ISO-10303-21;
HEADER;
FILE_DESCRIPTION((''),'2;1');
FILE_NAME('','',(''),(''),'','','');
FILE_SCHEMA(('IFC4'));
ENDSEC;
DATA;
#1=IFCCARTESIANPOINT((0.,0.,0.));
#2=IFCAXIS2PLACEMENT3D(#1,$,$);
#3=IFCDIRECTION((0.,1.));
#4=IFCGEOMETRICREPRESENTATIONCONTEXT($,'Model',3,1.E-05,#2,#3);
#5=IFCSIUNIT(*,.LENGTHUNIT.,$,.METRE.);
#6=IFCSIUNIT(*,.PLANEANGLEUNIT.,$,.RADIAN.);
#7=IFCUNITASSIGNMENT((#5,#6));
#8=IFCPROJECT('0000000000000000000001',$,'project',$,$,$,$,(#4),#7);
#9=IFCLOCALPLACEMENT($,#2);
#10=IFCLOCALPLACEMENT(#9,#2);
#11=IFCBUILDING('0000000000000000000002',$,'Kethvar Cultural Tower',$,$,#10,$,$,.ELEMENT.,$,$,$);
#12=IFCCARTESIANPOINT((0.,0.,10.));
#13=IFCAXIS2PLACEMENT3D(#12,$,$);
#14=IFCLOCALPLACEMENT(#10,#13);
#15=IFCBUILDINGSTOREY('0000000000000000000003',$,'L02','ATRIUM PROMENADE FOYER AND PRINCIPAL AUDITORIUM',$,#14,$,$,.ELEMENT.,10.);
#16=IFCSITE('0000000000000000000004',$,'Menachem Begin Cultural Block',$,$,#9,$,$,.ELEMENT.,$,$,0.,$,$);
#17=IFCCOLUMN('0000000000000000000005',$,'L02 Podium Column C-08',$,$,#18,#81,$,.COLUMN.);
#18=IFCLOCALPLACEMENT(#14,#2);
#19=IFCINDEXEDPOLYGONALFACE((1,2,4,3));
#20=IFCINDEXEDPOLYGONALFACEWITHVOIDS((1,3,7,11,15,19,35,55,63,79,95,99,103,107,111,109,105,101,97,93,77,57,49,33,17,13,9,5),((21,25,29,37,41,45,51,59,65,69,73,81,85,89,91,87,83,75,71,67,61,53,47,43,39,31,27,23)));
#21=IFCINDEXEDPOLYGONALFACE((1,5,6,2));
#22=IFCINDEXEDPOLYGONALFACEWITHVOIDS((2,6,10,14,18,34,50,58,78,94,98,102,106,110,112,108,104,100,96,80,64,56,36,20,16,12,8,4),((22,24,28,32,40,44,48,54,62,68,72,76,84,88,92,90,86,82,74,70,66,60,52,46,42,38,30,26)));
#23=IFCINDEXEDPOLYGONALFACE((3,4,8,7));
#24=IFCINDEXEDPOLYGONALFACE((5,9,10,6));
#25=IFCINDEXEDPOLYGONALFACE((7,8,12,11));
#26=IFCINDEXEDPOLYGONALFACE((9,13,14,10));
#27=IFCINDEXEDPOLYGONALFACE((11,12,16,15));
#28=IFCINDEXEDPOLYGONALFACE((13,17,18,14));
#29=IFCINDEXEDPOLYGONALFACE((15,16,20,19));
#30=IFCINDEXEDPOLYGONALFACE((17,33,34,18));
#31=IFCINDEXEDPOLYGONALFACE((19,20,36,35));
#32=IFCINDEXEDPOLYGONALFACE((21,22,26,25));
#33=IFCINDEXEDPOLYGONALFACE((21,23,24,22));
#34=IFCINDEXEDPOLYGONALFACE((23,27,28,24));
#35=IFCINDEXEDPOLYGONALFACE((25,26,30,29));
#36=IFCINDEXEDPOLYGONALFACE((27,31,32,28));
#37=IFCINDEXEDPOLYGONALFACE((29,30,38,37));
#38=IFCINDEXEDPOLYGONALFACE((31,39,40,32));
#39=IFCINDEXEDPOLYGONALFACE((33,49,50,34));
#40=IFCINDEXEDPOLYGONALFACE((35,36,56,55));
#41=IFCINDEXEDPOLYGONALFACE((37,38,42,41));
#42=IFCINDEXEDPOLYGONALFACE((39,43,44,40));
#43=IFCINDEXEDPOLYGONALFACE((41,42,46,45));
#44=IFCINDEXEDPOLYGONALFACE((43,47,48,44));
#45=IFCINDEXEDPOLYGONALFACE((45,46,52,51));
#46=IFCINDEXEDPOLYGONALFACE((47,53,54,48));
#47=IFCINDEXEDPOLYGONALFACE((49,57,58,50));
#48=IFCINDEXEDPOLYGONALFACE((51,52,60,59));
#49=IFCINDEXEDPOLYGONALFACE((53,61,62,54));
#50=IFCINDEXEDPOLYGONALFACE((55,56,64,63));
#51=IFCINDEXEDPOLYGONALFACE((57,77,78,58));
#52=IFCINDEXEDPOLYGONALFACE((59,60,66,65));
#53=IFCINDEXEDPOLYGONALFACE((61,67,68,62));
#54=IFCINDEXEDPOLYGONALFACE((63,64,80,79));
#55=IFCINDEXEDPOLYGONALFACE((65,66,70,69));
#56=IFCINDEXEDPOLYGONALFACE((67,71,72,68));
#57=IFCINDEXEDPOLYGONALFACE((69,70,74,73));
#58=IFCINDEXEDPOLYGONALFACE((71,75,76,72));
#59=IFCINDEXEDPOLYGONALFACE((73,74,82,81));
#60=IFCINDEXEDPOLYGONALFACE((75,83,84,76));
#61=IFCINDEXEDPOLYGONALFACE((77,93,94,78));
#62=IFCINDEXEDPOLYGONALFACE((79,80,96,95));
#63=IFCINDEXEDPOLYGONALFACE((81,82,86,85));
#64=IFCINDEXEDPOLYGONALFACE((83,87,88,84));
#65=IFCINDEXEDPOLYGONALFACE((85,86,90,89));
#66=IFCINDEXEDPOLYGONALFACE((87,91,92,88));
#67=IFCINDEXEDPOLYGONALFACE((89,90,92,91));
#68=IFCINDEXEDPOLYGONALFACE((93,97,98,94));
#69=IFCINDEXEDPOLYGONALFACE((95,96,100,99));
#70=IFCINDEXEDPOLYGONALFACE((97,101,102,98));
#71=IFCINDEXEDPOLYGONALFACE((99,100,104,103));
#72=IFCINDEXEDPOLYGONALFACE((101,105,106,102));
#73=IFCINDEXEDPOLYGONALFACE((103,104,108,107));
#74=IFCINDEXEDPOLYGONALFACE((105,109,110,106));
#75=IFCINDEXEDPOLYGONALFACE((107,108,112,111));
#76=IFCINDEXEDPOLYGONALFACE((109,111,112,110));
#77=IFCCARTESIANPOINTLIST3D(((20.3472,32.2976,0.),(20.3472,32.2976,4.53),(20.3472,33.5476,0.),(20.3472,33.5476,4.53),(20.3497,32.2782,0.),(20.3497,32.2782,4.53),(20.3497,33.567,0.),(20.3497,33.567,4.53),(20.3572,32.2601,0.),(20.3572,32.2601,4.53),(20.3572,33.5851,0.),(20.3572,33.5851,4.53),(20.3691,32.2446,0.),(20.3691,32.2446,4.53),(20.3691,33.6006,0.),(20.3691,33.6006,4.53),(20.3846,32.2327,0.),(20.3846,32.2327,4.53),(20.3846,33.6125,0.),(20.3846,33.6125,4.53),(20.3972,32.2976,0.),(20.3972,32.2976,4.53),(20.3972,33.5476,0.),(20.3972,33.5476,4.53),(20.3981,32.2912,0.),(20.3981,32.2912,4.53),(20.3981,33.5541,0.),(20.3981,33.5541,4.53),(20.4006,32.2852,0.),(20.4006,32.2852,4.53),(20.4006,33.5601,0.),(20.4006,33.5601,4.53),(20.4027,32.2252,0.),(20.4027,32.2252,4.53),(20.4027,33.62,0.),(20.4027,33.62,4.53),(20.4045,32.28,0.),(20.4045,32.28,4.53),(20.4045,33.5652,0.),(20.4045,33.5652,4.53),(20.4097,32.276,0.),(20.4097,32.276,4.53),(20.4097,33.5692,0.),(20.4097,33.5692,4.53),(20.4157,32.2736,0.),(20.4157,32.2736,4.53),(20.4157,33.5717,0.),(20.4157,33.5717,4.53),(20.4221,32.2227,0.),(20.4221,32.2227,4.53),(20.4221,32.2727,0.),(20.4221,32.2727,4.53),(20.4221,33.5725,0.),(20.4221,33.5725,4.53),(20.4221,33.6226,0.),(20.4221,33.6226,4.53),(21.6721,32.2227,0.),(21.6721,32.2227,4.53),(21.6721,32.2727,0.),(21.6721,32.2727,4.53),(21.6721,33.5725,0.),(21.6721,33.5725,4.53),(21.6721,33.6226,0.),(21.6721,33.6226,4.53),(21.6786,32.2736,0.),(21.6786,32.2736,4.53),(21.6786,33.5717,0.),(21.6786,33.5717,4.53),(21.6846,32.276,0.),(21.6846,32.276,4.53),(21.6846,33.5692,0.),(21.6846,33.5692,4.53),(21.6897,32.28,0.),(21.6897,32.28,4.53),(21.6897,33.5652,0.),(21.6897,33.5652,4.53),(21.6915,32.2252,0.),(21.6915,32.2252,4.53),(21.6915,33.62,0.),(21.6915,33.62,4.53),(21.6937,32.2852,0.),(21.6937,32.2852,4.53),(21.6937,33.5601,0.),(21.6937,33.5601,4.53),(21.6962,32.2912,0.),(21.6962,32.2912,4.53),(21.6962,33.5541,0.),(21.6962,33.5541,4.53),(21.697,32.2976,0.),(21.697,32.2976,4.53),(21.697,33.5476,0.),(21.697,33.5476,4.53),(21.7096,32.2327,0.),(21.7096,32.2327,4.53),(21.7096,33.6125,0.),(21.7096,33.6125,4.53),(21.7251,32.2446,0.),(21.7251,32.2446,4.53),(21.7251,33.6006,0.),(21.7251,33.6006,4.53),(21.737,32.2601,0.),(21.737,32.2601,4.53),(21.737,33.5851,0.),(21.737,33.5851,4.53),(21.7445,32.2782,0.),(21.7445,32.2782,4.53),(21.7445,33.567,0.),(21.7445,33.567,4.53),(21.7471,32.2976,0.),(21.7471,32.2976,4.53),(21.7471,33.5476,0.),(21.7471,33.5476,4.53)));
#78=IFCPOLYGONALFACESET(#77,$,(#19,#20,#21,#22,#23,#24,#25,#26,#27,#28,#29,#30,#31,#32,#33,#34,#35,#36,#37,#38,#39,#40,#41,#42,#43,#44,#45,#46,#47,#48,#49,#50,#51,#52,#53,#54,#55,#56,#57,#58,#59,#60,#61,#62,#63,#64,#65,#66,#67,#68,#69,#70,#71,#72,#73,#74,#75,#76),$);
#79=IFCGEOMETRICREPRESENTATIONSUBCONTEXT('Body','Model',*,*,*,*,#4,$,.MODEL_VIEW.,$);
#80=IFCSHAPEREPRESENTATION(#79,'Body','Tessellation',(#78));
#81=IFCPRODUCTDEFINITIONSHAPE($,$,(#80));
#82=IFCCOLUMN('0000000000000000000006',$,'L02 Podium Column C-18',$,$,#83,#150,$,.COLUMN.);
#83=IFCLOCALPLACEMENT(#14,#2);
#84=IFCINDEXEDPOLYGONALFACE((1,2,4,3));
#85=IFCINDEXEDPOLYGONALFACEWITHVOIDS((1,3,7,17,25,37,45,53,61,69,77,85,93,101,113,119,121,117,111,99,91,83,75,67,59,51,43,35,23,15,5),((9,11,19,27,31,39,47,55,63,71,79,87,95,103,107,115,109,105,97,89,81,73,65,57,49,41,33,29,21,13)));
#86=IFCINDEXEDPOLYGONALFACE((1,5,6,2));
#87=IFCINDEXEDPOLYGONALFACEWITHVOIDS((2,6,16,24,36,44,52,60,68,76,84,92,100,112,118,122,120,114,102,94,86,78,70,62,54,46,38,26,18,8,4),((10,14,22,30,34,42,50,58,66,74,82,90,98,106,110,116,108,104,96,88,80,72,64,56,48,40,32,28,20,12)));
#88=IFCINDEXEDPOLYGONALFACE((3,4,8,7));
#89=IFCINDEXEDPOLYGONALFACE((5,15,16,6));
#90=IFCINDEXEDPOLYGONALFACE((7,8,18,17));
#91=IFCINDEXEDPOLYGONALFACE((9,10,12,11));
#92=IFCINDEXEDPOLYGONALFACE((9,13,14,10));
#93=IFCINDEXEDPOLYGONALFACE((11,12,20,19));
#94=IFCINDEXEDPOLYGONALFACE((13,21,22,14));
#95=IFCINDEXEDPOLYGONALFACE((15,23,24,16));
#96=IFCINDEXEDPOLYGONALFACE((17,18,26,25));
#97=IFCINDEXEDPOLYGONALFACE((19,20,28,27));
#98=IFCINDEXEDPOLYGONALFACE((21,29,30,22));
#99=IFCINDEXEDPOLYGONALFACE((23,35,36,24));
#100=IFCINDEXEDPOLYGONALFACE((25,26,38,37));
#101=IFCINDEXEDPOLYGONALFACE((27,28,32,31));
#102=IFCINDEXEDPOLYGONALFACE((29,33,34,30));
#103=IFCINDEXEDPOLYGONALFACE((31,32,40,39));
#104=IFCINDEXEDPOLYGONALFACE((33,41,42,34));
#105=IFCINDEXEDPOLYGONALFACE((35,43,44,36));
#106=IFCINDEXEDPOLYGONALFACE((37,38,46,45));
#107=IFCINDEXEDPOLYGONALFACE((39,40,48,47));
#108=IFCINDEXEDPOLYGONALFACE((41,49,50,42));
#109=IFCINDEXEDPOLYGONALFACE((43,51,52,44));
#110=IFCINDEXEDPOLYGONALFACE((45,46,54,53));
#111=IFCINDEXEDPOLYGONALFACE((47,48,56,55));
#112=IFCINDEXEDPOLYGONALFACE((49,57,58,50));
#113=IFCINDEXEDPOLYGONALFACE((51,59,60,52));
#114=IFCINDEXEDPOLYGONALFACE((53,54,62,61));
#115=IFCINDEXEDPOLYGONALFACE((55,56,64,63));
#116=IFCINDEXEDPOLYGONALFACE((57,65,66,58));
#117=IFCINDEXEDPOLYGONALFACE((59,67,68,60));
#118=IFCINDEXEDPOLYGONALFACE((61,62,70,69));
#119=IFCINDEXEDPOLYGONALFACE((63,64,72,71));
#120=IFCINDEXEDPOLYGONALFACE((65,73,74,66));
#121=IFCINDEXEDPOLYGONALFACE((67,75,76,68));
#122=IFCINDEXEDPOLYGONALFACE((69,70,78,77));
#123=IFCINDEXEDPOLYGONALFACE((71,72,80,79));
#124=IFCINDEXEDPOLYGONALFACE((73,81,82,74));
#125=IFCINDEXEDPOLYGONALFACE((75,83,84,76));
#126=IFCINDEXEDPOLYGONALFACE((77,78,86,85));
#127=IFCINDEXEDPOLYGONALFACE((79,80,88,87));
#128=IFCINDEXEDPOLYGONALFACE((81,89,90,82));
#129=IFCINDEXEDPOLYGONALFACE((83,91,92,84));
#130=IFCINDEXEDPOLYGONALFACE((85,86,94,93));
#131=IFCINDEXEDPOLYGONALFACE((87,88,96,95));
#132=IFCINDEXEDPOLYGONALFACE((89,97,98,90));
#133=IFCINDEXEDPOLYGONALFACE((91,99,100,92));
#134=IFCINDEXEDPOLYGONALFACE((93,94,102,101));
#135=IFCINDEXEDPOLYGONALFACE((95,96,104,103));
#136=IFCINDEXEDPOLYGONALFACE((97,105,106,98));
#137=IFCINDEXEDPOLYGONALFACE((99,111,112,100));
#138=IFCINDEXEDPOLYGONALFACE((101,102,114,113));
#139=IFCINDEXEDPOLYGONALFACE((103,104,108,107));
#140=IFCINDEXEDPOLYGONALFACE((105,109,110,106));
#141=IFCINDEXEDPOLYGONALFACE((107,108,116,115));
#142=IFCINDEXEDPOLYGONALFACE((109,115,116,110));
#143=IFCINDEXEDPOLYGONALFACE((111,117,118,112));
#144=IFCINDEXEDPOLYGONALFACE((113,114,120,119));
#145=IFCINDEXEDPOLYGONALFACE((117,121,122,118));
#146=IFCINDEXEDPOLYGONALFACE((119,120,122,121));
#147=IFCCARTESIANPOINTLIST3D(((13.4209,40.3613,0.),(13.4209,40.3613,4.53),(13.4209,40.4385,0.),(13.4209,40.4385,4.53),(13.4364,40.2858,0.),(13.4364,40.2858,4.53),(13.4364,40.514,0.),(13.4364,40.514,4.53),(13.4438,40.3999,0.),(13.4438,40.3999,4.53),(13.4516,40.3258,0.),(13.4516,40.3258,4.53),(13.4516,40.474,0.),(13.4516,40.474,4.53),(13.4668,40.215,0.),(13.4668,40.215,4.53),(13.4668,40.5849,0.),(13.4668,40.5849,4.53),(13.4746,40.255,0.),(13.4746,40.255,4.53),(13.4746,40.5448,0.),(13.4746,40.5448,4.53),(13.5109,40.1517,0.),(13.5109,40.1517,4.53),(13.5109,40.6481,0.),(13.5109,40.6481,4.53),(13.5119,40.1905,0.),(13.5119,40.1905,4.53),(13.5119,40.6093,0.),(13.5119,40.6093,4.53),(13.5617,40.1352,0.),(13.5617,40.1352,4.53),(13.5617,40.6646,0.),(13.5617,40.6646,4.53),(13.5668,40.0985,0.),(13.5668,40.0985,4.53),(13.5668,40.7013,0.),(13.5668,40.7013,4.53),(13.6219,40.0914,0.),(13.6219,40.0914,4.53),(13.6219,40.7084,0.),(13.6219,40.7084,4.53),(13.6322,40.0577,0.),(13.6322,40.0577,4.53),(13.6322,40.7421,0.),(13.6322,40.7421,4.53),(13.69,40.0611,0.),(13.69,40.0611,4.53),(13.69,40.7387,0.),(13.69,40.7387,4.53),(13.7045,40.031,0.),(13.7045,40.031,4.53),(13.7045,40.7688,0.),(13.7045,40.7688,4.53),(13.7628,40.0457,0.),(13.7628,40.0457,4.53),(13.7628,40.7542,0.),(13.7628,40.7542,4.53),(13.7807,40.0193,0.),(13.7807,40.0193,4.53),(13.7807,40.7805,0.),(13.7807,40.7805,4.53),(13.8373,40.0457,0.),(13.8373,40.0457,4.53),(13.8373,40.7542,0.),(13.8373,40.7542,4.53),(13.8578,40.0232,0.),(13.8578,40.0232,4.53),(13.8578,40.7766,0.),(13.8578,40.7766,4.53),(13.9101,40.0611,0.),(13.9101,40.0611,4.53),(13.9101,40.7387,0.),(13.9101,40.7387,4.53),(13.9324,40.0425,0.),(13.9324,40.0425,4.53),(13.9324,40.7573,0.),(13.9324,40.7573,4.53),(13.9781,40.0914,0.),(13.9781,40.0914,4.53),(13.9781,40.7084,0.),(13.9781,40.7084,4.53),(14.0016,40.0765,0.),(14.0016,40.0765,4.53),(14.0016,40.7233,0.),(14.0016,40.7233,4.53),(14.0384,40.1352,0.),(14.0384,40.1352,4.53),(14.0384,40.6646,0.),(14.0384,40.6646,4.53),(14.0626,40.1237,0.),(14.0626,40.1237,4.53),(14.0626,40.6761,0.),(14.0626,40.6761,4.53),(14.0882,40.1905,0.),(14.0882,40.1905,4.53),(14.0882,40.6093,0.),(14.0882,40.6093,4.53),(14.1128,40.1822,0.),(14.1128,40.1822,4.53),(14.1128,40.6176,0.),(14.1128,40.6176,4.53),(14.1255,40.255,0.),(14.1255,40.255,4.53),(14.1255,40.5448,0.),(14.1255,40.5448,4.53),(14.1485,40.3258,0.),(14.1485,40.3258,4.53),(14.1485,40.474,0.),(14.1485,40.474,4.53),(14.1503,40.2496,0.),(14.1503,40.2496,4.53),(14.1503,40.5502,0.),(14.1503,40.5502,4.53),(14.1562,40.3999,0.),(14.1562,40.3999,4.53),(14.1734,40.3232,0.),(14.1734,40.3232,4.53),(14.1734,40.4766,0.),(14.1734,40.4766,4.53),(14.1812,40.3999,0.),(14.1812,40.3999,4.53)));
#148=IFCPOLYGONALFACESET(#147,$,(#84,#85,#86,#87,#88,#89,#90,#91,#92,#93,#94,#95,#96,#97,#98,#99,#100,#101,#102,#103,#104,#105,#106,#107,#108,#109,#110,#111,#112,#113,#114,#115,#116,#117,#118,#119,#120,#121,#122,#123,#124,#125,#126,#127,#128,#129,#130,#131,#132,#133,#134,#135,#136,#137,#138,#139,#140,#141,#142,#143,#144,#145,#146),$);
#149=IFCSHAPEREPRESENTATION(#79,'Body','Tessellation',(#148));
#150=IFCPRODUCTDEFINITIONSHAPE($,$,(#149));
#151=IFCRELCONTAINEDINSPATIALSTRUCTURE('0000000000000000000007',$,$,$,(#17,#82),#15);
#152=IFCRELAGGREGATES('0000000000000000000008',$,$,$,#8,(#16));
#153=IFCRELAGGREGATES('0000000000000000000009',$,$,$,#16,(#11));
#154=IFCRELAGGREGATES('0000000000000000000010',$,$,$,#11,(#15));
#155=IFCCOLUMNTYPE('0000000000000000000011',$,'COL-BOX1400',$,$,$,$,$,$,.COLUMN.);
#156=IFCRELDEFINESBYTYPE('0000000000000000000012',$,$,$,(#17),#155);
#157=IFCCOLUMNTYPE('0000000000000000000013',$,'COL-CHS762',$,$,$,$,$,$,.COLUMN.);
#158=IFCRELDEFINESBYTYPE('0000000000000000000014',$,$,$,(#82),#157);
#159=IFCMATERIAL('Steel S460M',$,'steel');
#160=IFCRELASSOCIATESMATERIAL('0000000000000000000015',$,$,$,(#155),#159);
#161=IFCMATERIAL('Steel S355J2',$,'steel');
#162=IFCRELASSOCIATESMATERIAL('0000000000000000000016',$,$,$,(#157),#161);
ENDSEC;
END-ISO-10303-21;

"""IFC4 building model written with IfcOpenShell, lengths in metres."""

from ifc_helpers import new_model, si_unit, direction, frame, origin, origin_2d, place, context, subcontext, project, spatial, hollow_rectangle, hollow_circle, extrude, source, transform, mapped, material, material_profile, profile_set, type_object, element, save


model = new_model("IFC4")

# Units and contexts
model_context = context("Model", 3, precision=1e-05, world=origin(), true_north=direction((0.0, 1.0)))
body_context = subcontext(model_context, "Body", "Model", "MODEL_VIEW")
ifc_project = project(units=[si_unit("LENGTHUNIT", "METRE"), si_unit("PLANEANGLEUNIT", "RADIAN")], contexts=[model_context])

# Site, building, storey
site_placement = place(None, origin())
site = spatial("IfcSite", under=ifc_project, at=site_placement, Name="Menachem Begin Cultural Block", CompositionType="ELEMENT", RefElevation=0.0)
building_placement = place(site_placement, origin())
building = spatial("IfcBuilding", under=site, at=building_placement, Name="Kethvar Cultural Tower", CompositionType="ELEMENT")
storey_placement = place(building_placement, frame((0.0, 0.0, 10.0)))
storey = spatial("IfcBuildingStorey", under=building, at=storey_placement, Name="L02", Description="ATRIUM PROMENADE FOYER AND PRINCIPAL AUDITORIUM", CompositionType="ELEMENT", Elevation=10.0)

# Columns
ifc_material_1 = material(Name="Steel S460M", Category="steel")
ifc_material_profile_1 = material_profile(ifc_material_1, hollow_rectangle(XDim=1.3999, YDim=1.3999, WallThickness=0.05, InnerFilletRadius=0.0249, OuterFilletRadius=0.075, at=origin_2d()), Name="Steel S460M — BOX1400x1400x50")
ifc_profile_set_1 = profile_set([ifc_material_profile_1], Name="Steel S460M — BOX1400x1400x50")
column_type_1 = type_object("IfcColumnType", Name="COL-BOX1400", PredefinedType="COLUMN", material=ifc_profile_set_1)
shared_shape_1 = source(origin(), body_context, "Body", "SweptSolid", [
    extrude(hollow_rectangle(XDim=1.3999, YDim=1.3999, WallThickness=0.05, InnerFilletRadius=0.0249, OuterFilletRadius=0.075, at=origin_2d()), origin(), (0.0, 0.0, 1.0), 4.53),
])
column_1_placement = place(storey_placement, frame((21.0471, 32.9226, 0.0), z_axis=(0.0, 0.0, 1.0), x_axis=(1.0, 0.0, 0.0)))
element("IfcColumn", 1, at=column_1_placement, inside=storey, type_object=column_type_1, Name="L02 Podium Column C-08", PredefinedType="COLUMN", context=body_context, shape_type="MappedRepresentation", body=[
    mapped(shared_shape_1, transform((0.0, 0.0, 0.0), scale=1.0)),
])
ifc_material_2 = material(Name="Steel S355J2", Category="steel")
ifc_material_profile_2 = material_profile(ifc_material_2, hollow_circle(Radius=0.3811, WallThickness=0.0249, at=origin_2d()), Name="Steel S355J2 — CHS762x25")
ifc_profile_set_2 = profile_set([ifc_material_profile_2], Name="Steel S355J2 — CHS762x25")
column_type_2 = type_object("IfcColumnType", Name="COL-CHS762", PredefinedType="COLUMN", material=ifc_profile_set_2)
shared_shape_2 = source(origin(), body_context, "Body", "SweptSolid", [
    extrude(hollow_circle(Radius=0.3811, WallThickness=0.0249, at=origin_2d()), origin(), (0.0, 0.0, 1.0), 4.53),
])
column_2_placement = place(storey_placement, frame((13.8, 40.3999, 0.0), z_axis=(0.0, 0.0, 1.0), x_axis=(1.0, 0.0, 0.0)))
element("IfcColumn", 2, at=column_2_placement, inside=storey, type_object=column_type_2, Name="L02 Podium Column C-18", PredefinedType="COLUMN", context=body_context, shape_type="MappedRepresentation", body=[
    mapped(shared_shape_2, transform((0.0, 0.0, 0.0), scale=1.0)),
])

save(model, "model.ifc")
